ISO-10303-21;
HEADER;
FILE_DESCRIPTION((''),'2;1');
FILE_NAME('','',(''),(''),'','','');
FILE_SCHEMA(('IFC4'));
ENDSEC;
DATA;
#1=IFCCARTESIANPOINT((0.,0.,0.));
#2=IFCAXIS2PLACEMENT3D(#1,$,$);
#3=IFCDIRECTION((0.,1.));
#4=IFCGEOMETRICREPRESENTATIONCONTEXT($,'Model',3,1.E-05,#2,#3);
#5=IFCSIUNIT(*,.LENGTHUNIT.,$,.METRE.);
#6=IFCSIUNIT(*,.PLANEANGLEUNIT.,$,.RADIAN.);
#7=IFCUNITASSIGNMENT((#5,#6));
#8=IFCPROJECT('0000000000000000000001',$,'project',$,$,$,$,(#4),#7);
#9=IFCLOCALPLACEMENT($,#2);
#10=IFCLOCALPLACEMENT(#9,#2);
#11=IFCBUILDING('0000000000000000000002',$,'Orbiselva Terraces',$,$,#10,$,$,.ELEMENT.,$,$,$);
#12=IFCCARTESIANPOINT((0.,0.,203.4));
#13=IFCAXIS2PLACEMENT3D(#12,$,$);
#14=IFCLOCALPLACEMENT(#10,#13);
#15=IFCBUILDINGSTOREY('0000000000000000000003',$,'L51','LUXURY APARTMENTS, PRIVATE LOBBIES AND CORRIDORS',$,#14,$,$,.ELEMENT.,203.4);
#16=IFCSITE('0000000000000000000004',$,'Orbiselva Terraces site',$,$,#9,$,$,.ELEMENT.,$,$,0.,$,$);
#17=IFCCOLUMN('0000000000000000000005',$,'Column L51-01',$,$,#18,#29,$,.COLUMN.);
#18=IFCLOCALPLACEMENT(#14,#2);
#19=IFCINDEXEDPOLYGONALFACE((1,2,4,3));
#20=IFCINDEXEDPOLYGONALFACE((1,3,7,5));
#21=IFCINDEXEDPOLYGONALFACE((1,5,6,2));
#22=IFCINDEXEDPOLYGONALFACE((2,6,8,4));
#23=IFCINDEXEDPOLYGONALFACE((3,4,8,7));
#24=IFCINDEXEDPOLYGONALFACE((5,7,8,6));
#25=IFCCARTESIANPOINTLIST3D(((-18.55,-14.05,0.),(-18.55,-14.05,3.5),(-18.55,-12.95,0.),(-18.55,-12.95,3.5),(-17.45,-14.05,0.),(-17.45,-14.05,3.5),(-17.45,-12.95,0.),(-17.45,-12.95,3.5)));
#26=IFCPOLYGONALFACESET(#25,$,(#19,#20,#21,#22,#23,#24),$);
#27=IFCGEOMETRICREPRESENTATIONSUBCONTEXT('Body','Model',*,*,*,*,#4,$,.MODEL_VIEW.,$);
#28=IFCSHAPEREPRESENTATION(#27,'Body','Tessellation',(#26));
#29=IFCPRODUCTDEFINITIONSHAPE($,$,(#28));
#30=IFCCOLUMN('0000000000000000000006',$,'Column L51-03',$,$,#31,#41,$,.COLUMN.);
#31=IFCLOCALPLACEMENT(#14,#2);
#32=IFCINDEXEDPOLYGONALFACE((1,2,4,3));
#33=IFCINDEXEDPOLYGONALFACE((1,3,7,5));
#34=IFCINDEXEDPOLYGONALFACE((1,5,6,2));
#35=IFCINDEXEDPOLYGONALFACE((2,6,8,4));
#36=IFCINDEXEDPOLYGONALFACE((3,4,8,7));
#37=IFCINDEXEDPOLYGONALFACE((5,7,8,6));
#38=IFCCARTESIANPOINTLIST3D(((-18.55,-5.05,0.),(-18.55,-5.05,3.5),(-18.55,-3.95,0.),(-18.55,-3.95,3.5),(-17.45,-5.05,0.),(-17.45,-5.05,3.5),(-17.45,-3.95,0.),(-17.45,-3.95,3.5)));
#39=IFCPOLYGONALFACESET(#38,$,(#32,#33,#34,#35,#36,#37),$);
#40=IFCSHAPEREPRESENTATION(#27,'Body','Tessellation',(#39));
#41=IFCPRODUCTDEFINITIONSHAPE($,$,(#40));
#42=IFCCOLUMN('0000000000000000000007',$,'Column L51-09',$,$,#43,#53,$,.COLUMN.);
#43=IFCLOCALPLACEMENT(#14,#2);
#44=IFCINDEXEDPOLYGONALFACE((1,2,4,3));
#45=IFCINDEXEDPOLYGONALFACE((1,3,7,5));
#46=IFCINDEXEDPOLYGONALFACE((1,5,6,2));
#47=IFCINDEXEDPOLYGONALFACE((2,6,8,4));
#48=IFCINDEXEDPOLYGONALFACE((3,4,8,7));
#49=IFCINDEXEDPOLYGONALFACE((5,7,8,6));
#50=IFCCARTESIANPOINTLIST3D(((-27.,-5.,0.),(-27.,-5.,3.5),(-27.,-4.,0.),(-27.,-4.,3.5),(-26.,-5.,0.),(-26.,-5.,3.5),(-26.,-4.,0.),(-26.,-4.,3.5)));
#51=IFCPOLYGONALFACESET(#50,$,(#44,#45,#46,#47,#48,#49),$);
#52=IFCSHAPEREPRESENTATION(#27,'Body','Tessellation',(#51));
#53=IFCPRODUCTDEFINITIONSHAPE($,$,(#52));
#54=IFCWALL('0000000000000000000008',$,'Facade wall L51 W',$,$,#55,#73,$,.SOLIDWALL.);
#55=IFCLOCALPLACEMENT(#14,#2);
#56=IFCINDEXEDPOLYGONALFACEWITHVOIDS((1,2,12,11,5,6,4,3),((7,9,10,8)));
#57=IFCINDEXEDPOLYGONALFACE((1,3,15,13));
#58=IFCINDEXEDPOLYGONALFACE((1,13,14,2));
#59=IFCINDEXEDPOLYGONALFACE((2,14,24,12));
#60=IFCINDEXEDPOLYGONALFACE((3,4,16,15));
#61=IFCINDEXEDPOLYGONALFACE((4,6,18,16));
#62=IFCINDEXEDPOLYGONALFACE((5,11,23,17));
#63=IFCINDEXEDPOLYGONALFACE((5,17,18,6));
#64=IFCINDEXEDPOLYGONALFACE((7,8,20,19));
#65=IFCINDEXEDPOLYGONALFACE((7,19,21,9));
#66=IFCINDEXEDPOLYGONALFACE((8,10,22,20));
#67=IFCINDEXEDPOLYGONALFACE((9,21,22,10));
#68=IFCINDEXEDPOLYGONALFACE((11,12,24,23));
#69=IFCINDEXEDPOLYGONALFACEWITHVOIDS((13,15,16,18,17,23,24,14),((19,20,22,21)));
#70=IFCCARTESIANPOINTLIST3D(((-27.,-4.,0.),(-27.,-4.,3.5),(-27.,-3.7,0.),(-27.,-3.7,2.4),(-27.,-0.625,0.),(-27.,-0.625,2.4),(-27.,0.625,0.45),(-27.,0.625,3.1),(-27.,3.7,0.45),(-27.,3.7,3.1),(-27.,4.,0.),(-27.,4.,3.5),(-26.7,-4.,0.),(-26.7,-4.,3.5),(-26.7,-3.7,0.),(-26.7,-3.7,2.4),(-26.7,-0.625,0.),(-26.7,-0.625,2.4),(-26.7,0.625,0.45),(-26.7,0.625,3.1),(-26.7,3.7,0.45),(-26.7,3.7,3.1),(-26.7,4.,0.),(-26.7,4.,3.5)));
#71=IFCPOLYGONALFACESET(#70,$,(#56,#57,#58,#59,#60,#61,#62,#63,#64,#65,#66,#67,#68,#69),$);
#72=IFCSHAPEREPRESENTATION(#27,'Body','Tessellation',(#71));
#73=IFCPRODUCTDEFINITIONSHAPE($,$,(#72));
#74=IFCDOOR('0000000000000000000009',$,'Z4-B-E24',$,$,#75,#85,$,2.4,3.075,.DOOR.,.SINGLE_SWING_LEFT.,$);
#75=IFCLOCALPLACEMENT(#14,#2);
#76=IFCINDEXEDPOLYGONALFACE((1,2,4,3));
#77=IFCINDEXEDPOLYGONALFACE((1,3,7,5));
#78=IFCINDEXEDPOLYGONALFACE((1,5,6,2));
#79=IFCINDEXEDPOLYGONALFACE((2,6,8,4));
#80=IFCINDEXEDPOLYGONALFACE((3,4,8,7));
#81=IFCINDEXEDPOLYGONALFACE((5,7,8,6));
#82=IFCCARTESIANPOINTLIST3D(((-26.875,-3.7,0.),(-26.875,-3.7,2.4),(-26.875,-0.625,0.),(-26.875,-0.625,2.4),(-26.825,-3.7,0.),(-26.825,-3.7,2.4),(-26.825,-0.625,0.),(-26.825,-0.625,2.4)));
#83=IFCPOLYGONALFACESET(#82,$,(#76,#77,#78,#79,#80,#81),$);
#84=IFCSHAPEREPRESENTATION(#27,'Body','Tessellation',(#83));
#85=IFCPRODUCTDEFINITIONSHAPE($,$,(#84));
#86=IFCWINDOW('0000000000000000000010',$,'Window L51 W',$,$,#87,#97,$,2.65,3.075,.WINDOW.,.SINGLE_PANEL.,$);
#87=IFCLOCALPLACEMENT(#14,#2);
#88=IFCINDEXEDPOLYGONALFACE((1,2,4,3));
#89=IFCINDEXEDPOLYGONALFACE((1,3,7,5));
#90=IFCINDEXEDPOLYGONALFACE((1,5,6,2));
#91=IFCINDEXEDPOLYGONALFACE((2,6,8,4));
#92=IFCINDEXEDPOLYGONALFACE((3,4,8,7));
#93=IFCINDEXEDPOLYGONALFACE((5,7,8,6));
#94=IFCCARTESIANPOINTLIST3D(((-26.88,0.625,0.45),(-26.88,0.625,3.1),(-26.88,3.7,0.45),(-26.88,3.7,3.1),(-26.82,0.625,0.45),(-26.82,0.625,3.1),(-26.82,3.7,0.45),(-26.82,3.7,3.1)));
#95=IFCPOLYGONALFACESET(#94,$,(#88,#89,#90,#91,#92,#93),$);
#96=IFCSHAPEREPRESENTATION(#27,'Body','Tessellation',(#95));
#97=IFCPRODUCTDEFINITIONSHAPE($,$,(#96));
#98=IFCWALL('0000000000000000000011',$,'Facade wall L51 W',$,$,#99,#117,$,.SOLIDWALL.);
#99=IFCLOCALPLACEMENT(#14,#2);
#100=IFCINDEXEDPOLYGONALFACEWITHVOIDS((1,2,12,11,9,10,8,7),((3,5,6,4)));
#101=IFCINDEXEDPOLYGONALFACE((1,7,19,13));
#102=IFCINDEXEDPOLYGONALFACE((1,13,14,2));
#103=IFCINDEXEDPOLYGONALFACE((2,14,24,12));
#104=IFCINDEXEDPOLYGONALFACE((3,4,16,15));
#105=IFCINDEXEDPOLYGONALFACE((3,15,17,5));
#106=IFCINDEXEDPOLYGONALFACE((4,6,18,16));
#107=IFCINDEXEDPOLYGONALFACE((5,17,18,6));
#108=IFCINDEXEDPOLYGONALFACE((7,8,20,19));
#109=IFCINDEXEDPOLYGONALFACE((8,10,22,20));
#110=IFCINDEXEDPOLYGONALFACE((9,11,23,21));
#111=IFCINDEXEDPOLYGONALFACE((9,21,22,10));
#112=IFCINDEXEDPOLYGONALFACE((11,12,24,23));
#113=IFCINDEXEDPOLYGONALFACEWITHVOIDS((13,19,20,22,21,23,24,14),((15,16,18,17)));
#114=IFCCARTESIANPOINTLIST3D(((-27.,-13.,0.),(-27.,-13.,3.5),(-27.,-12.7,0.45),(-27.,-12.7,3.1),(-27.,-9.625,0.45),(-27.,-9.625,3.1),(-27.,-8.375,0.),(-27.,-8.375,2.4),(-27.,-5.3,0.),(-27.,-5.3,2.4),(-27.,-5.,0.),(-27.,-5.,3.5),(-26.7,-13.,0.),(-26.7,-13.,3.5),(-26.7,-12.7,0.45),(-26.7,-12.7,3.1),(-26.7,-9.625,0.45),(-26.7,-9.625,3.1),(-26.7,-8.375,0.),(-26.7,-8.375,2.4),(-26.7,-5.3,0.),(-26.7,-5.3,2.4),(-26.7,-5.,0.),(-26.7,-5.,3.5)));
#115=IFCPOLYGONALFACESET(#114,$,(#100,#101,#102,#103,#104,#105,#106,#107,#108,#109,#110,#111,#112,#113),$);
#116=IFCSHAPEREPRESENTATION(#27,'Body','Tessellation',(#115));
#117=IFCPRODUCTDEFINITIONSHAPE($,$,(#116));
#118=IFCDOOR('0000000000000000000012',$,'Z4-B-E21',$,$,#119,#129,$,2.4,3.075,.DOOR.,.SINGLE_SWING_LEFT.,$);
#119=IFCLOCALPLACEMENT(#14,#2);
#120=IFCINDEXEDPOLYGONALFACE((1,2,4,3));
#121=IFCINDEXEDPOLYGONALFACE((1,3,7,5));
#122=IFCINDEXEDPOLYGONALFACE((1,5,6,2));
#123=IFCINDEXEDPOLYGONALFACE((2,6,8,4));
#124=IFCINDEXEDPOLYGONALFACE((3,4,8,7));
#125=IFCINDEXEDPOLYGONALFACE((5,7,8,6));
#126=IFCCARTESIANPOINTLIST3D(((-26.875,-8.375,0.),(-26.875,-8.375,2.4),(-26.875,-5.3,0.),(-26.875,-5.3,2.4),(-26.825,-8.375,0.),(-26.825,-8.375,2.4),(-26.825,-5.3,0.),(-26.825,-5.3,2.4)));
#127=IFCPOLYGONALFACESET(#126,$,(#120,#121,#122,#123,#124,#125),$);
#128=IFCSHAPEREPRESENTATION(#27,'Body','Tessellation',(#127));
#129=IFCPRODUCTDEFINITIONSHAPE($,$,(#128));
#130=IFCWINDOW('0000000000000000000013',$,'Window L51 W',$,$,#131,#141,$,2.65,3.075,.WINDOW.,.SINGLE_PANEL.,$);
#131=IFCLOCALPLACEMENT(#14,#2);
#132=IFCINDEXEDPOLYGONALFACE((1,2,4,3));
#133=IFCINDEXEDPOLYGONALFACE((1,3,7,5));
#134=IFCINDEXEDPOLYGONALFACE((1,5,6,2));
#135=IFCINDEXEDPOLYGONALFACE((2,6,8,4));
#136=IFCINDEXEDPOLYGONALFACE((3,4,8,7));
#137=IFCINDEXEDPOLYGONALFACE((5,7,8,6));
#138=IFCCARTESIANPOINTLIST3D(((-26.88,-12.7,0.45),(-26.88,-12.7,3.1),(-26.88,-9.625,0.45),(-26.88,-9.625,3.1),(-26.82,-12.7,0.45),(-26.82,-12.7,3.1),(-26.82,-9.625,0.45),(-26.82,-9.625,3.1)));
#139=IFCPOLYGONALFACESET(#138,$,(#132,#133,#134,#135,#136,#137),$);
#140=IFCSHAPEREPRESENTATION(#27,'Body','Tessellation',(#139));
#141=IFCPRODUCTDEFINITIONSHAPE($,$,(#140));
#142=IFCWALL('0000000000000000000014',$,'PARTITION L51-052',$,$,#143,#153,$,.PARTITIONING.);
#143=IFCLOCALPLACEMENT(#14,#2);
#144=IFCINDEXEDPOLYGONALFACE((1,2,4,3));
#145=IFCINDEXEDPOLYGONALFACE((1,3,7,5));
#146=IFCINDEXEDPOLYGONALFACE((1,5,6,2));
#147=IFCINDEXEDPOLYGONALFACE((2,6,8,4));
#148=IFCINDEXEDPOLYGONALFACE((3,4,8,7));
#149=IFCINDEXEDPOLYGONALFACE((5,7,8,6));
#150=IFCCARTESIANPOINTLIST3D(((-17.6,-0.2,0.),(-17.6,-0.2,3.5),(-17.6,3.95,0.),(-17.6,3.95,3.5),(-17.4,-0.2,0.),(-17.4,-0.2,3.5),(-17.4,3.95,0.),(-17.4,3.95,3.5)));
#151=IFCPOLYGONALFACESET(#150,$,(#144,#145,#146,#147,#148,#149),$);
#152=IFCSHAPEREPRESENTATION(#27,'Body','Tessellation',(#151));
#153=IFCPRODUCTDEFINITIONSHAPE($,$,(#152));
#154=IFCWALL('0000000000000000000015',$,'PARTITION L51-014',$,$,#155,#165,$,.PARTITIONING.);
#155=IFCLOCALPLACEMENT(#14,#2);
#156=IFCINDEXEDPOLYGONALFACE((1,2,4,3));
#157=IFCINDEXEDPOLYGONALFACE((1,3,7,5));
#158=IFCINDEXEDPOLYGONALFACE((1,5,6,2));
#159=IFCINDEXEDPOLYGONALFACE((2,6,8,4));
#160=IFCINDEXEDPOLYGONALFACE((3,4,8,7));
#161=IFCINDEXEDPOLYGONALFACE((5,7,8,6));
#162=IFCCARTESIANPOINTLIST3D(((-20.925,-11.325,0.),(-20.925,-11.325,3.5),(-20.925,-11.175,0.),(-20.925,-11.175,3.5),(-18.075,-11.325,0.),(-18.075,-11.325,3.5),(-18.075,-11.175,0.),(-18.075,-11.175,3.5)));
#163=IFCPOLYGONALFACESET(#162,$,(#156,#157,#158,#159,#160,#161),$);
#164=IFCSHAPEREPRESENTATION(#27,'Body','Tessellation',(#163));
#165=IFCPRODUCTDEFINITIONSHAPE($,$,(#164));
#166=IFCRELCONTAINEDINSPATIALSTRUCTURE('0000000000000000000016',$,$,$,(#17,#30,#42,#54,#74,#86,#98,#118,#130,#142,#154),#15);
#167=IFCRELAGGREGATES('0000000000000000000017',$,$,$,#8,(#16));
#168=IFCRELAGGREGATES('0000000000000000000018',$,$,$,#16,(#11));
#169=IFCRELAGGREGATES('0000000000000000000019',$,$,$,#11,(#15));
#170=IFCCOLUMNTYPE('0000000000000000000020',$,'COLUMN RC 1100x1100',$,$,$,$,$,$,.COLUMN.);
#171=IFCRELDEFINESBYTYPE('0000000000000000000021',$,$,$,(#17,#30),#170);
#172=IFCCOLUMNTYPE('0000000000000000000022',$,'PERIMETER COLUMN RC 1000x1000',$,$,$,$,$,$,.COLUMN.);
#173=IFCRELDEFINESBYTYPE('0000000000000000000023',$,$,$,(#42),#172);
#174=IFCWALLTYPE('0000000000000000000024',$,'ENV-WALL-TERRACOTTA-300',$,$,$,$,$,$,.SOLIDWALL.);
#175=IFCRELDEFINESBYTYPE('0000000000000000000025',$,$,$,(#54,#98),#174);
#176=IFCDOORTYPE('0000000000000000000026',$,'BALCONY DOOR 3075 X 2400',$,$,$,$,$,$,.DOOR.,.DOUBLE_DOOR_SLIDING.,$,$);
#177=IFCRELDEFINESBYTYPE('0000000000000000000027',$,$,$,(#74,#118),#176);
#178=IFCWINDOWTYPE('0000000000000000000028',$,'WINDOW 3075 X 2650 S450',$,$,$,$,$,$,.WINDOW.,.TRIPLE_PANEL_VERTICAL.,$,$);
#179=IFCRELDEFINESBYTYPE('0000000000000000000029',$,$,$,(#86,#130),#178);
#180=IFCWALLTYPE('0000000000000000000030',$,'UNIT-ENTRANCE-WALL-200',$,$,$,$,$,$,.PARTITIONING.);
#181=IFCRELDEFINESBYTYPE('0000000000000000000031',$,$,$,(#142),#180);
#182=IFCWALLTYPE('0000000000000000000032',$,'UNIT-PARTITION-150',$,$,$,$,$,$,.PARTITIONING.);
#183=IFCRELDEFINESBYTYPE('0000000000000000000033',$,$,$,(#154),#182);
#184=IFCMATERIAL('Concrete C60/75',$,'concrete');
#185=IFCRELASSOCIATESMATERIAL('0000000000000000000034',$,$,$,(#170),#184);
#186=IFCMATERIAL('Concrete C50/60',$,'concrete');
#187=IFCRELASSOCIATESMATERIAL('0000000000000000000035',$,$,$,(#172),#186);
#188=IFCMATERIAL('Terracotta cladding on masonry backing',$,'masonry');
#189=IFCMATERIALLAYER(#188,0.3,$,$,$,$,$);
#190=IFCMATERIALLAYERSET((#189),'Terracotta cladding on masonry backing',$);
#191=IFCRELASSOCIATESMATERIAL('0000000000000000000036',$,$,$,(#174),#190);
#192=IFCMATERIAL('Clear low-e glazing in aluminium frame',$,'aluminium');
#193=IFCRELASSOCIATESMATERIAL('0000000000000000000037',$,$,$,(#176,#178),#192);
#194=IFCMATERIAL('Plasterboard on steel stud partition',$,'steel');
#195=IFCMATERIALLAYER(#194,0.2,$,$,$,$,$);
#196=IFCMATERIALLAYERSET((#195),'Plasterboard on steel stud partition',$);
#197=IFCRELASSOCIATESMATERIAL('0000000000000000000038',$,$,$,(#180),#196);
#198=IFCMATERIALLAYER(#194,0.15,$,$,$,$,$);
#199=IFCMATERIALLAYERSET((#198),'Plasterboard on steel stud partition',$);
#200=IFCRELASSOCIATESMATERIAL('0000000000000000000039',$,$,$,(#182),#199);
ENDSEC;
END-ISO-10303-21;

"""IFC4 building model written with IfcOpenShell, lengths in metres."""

from ifc_helpers import new_model, si_unit, direction, frame, frame_2d, origin, origin_2d, place, context, subcontext, project, spatial, rectangle, extrude, material, layer, layer_set, material_profile, profile_set, type_object, element, fill, save


model = new_model("IFC4")

# Units and contexts
model_context = context("Model", 3, precision=1e-05, world=origin(), true_north=direction((0.0, 1.0)))
body_context = subcontext(model_context, "Body", "Model", "MODEL_VIEW")
ifc_project = project(units=[si_unit("LENGTHUNIT", "METRE"), si_unit("PLANEANGLEUNIT", "RADIAN")], contexts=[model_context])

# Site, building, storey
site_placement = place(None, origin())
site = spatial("IfcSite", under=ifc_project, at=site_placement, Name="Orbiselva Terraces site", CompositionType="ELEMENT", RefElevation=0.0)
building_placement = place(site_placement, origin())
building = spatial("IfcBuilding", under=site, at=building_placement, Name="Orbiselva Terraces", CompositionType="ELEMENT")
storey_placement = place(building_placement, frame((0.0, 0.0, 203.4)))
storey = spatial("IfcBuildingStorey", under=building, at=storey_placement, Name="L51", Description="LUXURY APARTMENTS, PRIVATE LOBBIES AND CORRIDORS", CompositionType="ELEMENT", Elevation=203.4)

# Columns
ifc_material_1 = material(Name="Concrete C60/75", Category="concrete")
ifc_material_profile_1 = material_profile(ifc_material_1, rectangle(XDim=1.1, YDim=1.1, at=origin_2d()), Name="RC 1100x1100")
ifc_profile_set_1 = profile_set([ifc_material_profile_1], Name="Concrete C60/75")
column_type_1 = type_object("IfcColumnType", Name="COLUMN RC 1100x1100", PredefinedType="COLUMN", material=ifc_profile_set_1)
for number, where, z_axis, x_axis, name in (
    (1, (-18.0, -13.5, 0.0), (0.0, 0.0, 1.0), (1.0, 0.0, 0.0), "Column L51-01"),
    (2, (-18.0, -4.5, 0.0), (0.0, 0.0, 1.0), (1.0, 0.0, 0.0), "Column L51-03"),
):
    element("IfcColumn", number, at=place(storey_placement, frame(where, z_axis=z_axis, x_axis=x_axis)), inside=storey, type_object=column_type_1, Name=name, PredefinedType="COLUMN", context=body_context, shape_type="SweptSolid", body=[
        extrude(rectangle(XDim=1.1, YDim=1.1, at=origin_2d()), origin(), (0.0, 0.0, 1.0), 3.5),
    ])
ifc_material_2 = material(Name="Concrete C50/60", Category="concrete")
ifc_material_profile_2 = material_profile(ifc_material_2, rectangle(XDim=1.0, YDim=1.0, at=origin_2d()), Name="RC 1000x1000")
ifc_profile_set_2 = profile_set([ifc_material_profile_2], Name="Concrete C50/60")
column_type_2 = type_object("IfcColumnType", Name="PERIMETER COLUMN RC 1000x1000", PredefinedType="COLUMN", material=ifc_profile_set_2)
column_placement = place(storey_placement, frame((-26.5, -4.5, 0.0), z_axis=(0.0, 0.0, 1.0), x_axis=(1.0, 0.0, 0.0)))
element("IfcColumn", 3, at=column_placement, inside=storey, type_object=column_type_2, Name="Column L51-09", PredefinedType="COLUMN", context=body_context, shape_type="SweptSolid", body=[
    extrude(rectangle(XDim=1.0, YDim=1.0, at=origin_2d()), origin(), (0.0, 0.0, 1.0), 3.5),
])

# Walls, openings, doors, windows
ifc_material_3 = material(Name="Terracotta cladding on masonry backing", Category="masonry")
ifc_layer_1 = layer(ifc_material_3, 0.3)
ifc_layer_set_1 = layer_set([ifc_layer_1], Name="Terracotta cladding on masonry backing")
wall_type_1 = type_object("IfcWallType", Name="ENV-WALL-TERRACOTTA-300", PredefinedType="SOLIDWALL", material=ifc_layer_set_1)
wall_1_placement = place(storey_placement, frame((-26.85, -4.0, 0.0), z_axis=(0.0, 0.0, 1.0), x_axis=(0.0, 1.0, 0.0)))
wall_1 = element("IfcWall", 4, at=wall_1_placement, inside=storey, type_object=wall_type_1, Name="Facade wall L51 W", PredefinedType="SOLIDWALL", context=body_context, shape_type="SweptSolid", body=[
    extrude(rectangle(XDim=8.0, YDim=0.3, at=frame_2d((4.0, 0.0))), origin(), (0.0, 0.0, 1.0), 3.5),
])
opening_1_placement = place(wall_1_placement, frame((4.625, 0.0, 0.45)))
opening_1 = element("IfcOpeningElement", 5, at=opening_1_placement, cuts=wall_1, PredefinedType="OPENING", context=body_context, shape_type="SweptSolid", body=[
    extrude(rectangle(XDim=3.075, YDim=2.65, at=frame_2d((1.5375, 1.325))), frame((0.0, 0.16, 0.0), z_axis=(0.0, -1.0, 0.0), x_axis=(1.0, 0.0, 0.0)), (0.0, 0.0, 1.0), 0.32),
])
opening_2_placement = place(wall_1_placement, frame((0.3, 0.0, 0.0)))
opening_2 = element("IfcOpeningElement", 6, at=opening_2_placement, cuts=wall_1, PredefinedType="OPENING", context=body_context, shape_type="SweptSolid", body=[
    extrude(rectangle(XDim=3.075, YDim=2.4, at=frame_2d((1.5375, 1.2))), frame((0.0, 0.16, 0.0), z_axis=(0.0, -1.0, 0.0), x_axis=(1.0, 0.0, 0.0)), (0.0, 0.0, 1.0), 0.32),
])
ifc_material_4 = material(Name="Clear low-e glazing in aluminium frame", Category="aluminium")
door_type_1 = type_object("IfcDoorType", Name="BALCONY DOOR 3075 X 2400", OperationType="DOUBLE_DOOR_SLIDING", PredefinedType="DOOR", material=ifc_material_4)
door_1_placement = place(opening_2_placement, origin())
door_1 = element("IfcDoor", 7, at=door_1_placement, inside=storey, type_object=door_type_1, Name="Z4-B-E24", OperationType="SINGLE_SWING_LEFT", OverallHeight=2.4, OverallWidth=3.075, PredefinedType="DOOR", context=body_context, shape_type="SweptSolid", body=[
    extrude(rectangle(XDim=3.075, YDim=2.4, at=frame_2d((1.5375, 1.2))), frame((0.0, 0.025, 0.0), z_axis=(0.0, -1.0, 0.0), x_axis=(1.0, 0.0, 0.0)), (0.0, 0.0, 1.0), 0.05),
])
fill(opening_2, door_1)
window_type = type_object("IfcWindowType", Name="WINDOW 3075 X 2650 S450", PartitioningType="TRIPLE_PANEL_VERTICAL", PredefinedType="WINDOW", material=ifc_material_4)
window_1_placement = place(opening_1_placement, origin())
window_1 = element("IfcWindow", 8, at=window_1_placement, inside=storey, type_object=window_type, Name="Window L51 W", OverallHeight=2.65, OverallWidth=3.075, PartitioningType="SINGLE_PANEL", PredefinedType="WINDOW", context=body_context, shape_type="SweptSolid", body=[
    extrude(rectangle(XDim=3.075, YDim=2.65, at=frame_2d((1.5375, 1.325))), frame((0.0, 0.03, 0.0), z_axis=(0.0, -1.0, 0.0), x_axis=(1.0, 0.0, 0.0)), (0.0, 0.0, 1.0), 0.06),
])
fill(opening_1, window_1)
wall_2_placement = place(storey_placement, frame((-26.85, -13.0, 0.0), z_axis=(0.0, 0.0, 1.0), x_axis=(0.0, 1.0, 0.0)))
wall_2 = element("IfcWall", 9, at=wall_2_placement, inside=storey, type_object=wall_type_1, Name="Facade wall L51 W", PredefinedType="SOLIDWALL", context=body_context, shape_type="SweptSolid", body=[
    extrude(rectangle(XDim=8.0, YDim=0.3, at=frame_2d((4.0, 0.0))), origin(), (0.0, 0.0, 1.0), 3.5),
])
opening_3_placement = place(wall_2_placement, frame((4.625, 0.0, 0.0)))
opening_3 = element("IfcOpeningElement", 10, at=opening_3_placement, cuts=wall_2, PredefinedType="OPENING", context=body_context, shape_type="SweptSolid", body=[
    extrude(rectangle(XDim=3.075, YDim=2.4, at=frame_2d((1.5375, 1.2))), frame((0.0, 0.16, 0.0), z_axis=(0.0, -1.0, 0.0), x_axis=(1.0, 0.0, 0.0)), (0.0, 0.0, 1.0), 0.32),
])
opening_4_placement = place(wall_2_placement, frame((0.3, 0.0, 0.45)))
opening_4 = element("IfcOpeningElement", 11, at=opening_4_placement, cuts=wall_2, PredefinedType="OPENING", context=body_context, shape_type="SweptSolid", body=[
    extrude(rectangle(XDim=3.075, YDim=2.65, at=frame_2d((1.5375, 1.325))), frame((0.0, 0.16, 0.0), z_axis=(0.0, -1.0, 0.0), x_axis=(1.0, 0.0, 0.0)), (0.0, 0.0, 1.0), 0.32),
])
door_2_placement = place(opening_3_placement, origin())
door_2 = element("IfcDoor", 12, at=door_2_placement, inside=storey, type_object=door_type_1, Name="Z4-B-E21", OperationType="SINGLE_SWING_LEFT", OverallHeight=2.4, OverallWidth=3.075, PredefinedType="DOOR", context=body_context, shape_type="SweptSolid", body=[
    extrude(rectangle(XDim=3.075, YDim=2.4, at=frame_2d((1.5375, 1.2))), frame((0.0, 0.025, 0.0), z_axis=(0.0, -1.0, 0.0), x_axis=(1.0, 0.0, 0.0)), (0.0, 0.0, 1.0), 0.05),
])
fill(opening_3, door_2)
window_2_placement = place(opening_4_placement, origin())
window_2 = element("IfcWindow", 13, at=window_2_placement, inside=storey, type_object=window_type, Name="Window L51 W", OverallHeight=2.65, OverallWidth=3.075, PartitioningType="SINGLE_PANEL", PredefinedType="WINDOW", context=body_context, shape_type="SweptSolid", body=[
    extrude(rectangle(XDim=3.075, YDim=2.65, at=frame_2d((1.5375, 1.325))), frame((0.0, 0.03, 0.0), z_axis=(0.0, -1.0, 0.0), x_axis=(1.0, 0.0, 0.0)), (0.0, 0.0, 1.0), 0.06),
])
fill(opening_4, window_2)

# Walls
ifc_material_5 = material(Name="Plasterboard on steel stud partition", Category="steel")
ifc_layer_2 = layer(ifc_material_5, 0.2)
ifc_layer_set_2 = layer_set([ifc_layer_2], Name="Plasterboard on steel stud partition")
wall_type_2 = type_object("IfcWallType", Name="UNIT-ENTRANCE-WALL-200", PredefinedType="PARTITIONING", material=ifc_layer_set_2)
wall_3_placement = place(storey_placement, frame((-17.5, -0.2, 0.0), z_axis=(0.0, 0.0, 1.0), x_axis=(0.0, 1.0, 0.0)))
element("IfcWall", 14, at=wall_3_placement, inside=storey, type_object=wall_type_2, Name="PARTITION L51-052", PredefinedType="PARTITIONING", context=body_context, shape_type="SweptSolid", body=[
    extrude(rectangle(XDim=4.15, YDim=0.2, at=frame_2d((2.075, 0.0))), origin(), (0.0, 0.0, 1.0), 3.5),
])
ifc_layer_3 = layer(ifc_material_5, 0.15)
ifc_layer_set_3 = layer_set([ifc_layer_3], Name="Plasterboard on steel stud partition")
wall_type_3 = type_object("IfcWallType", Name="UNIT-PARTITION-150", PredefinedType="PARTITIONING", material=ifc_layer_set_3)
wall_4_placement = place(storey_placement, frame((-20.925, -11.25, 0.0), z_axis=(0.0, 0.0, 1.0), x_axis=(1.0, 0.0, 0.0)))
element("IfcWall", 15, at=wall_4_placement, inside=storey, type_object=wall_type_3, Name="PARTITION L51-014", PredefinedType="PARTITIONING", context=body_context, shape_type="SweptSolid", body=[
    extrude(rectangle(XDim=2.85, YDim=0.15, at=frame_2d((1.425, 0.0))), origin(), (0.0, 0.0, 1.0), 3.5),
])

save(model, "model.ifc")
